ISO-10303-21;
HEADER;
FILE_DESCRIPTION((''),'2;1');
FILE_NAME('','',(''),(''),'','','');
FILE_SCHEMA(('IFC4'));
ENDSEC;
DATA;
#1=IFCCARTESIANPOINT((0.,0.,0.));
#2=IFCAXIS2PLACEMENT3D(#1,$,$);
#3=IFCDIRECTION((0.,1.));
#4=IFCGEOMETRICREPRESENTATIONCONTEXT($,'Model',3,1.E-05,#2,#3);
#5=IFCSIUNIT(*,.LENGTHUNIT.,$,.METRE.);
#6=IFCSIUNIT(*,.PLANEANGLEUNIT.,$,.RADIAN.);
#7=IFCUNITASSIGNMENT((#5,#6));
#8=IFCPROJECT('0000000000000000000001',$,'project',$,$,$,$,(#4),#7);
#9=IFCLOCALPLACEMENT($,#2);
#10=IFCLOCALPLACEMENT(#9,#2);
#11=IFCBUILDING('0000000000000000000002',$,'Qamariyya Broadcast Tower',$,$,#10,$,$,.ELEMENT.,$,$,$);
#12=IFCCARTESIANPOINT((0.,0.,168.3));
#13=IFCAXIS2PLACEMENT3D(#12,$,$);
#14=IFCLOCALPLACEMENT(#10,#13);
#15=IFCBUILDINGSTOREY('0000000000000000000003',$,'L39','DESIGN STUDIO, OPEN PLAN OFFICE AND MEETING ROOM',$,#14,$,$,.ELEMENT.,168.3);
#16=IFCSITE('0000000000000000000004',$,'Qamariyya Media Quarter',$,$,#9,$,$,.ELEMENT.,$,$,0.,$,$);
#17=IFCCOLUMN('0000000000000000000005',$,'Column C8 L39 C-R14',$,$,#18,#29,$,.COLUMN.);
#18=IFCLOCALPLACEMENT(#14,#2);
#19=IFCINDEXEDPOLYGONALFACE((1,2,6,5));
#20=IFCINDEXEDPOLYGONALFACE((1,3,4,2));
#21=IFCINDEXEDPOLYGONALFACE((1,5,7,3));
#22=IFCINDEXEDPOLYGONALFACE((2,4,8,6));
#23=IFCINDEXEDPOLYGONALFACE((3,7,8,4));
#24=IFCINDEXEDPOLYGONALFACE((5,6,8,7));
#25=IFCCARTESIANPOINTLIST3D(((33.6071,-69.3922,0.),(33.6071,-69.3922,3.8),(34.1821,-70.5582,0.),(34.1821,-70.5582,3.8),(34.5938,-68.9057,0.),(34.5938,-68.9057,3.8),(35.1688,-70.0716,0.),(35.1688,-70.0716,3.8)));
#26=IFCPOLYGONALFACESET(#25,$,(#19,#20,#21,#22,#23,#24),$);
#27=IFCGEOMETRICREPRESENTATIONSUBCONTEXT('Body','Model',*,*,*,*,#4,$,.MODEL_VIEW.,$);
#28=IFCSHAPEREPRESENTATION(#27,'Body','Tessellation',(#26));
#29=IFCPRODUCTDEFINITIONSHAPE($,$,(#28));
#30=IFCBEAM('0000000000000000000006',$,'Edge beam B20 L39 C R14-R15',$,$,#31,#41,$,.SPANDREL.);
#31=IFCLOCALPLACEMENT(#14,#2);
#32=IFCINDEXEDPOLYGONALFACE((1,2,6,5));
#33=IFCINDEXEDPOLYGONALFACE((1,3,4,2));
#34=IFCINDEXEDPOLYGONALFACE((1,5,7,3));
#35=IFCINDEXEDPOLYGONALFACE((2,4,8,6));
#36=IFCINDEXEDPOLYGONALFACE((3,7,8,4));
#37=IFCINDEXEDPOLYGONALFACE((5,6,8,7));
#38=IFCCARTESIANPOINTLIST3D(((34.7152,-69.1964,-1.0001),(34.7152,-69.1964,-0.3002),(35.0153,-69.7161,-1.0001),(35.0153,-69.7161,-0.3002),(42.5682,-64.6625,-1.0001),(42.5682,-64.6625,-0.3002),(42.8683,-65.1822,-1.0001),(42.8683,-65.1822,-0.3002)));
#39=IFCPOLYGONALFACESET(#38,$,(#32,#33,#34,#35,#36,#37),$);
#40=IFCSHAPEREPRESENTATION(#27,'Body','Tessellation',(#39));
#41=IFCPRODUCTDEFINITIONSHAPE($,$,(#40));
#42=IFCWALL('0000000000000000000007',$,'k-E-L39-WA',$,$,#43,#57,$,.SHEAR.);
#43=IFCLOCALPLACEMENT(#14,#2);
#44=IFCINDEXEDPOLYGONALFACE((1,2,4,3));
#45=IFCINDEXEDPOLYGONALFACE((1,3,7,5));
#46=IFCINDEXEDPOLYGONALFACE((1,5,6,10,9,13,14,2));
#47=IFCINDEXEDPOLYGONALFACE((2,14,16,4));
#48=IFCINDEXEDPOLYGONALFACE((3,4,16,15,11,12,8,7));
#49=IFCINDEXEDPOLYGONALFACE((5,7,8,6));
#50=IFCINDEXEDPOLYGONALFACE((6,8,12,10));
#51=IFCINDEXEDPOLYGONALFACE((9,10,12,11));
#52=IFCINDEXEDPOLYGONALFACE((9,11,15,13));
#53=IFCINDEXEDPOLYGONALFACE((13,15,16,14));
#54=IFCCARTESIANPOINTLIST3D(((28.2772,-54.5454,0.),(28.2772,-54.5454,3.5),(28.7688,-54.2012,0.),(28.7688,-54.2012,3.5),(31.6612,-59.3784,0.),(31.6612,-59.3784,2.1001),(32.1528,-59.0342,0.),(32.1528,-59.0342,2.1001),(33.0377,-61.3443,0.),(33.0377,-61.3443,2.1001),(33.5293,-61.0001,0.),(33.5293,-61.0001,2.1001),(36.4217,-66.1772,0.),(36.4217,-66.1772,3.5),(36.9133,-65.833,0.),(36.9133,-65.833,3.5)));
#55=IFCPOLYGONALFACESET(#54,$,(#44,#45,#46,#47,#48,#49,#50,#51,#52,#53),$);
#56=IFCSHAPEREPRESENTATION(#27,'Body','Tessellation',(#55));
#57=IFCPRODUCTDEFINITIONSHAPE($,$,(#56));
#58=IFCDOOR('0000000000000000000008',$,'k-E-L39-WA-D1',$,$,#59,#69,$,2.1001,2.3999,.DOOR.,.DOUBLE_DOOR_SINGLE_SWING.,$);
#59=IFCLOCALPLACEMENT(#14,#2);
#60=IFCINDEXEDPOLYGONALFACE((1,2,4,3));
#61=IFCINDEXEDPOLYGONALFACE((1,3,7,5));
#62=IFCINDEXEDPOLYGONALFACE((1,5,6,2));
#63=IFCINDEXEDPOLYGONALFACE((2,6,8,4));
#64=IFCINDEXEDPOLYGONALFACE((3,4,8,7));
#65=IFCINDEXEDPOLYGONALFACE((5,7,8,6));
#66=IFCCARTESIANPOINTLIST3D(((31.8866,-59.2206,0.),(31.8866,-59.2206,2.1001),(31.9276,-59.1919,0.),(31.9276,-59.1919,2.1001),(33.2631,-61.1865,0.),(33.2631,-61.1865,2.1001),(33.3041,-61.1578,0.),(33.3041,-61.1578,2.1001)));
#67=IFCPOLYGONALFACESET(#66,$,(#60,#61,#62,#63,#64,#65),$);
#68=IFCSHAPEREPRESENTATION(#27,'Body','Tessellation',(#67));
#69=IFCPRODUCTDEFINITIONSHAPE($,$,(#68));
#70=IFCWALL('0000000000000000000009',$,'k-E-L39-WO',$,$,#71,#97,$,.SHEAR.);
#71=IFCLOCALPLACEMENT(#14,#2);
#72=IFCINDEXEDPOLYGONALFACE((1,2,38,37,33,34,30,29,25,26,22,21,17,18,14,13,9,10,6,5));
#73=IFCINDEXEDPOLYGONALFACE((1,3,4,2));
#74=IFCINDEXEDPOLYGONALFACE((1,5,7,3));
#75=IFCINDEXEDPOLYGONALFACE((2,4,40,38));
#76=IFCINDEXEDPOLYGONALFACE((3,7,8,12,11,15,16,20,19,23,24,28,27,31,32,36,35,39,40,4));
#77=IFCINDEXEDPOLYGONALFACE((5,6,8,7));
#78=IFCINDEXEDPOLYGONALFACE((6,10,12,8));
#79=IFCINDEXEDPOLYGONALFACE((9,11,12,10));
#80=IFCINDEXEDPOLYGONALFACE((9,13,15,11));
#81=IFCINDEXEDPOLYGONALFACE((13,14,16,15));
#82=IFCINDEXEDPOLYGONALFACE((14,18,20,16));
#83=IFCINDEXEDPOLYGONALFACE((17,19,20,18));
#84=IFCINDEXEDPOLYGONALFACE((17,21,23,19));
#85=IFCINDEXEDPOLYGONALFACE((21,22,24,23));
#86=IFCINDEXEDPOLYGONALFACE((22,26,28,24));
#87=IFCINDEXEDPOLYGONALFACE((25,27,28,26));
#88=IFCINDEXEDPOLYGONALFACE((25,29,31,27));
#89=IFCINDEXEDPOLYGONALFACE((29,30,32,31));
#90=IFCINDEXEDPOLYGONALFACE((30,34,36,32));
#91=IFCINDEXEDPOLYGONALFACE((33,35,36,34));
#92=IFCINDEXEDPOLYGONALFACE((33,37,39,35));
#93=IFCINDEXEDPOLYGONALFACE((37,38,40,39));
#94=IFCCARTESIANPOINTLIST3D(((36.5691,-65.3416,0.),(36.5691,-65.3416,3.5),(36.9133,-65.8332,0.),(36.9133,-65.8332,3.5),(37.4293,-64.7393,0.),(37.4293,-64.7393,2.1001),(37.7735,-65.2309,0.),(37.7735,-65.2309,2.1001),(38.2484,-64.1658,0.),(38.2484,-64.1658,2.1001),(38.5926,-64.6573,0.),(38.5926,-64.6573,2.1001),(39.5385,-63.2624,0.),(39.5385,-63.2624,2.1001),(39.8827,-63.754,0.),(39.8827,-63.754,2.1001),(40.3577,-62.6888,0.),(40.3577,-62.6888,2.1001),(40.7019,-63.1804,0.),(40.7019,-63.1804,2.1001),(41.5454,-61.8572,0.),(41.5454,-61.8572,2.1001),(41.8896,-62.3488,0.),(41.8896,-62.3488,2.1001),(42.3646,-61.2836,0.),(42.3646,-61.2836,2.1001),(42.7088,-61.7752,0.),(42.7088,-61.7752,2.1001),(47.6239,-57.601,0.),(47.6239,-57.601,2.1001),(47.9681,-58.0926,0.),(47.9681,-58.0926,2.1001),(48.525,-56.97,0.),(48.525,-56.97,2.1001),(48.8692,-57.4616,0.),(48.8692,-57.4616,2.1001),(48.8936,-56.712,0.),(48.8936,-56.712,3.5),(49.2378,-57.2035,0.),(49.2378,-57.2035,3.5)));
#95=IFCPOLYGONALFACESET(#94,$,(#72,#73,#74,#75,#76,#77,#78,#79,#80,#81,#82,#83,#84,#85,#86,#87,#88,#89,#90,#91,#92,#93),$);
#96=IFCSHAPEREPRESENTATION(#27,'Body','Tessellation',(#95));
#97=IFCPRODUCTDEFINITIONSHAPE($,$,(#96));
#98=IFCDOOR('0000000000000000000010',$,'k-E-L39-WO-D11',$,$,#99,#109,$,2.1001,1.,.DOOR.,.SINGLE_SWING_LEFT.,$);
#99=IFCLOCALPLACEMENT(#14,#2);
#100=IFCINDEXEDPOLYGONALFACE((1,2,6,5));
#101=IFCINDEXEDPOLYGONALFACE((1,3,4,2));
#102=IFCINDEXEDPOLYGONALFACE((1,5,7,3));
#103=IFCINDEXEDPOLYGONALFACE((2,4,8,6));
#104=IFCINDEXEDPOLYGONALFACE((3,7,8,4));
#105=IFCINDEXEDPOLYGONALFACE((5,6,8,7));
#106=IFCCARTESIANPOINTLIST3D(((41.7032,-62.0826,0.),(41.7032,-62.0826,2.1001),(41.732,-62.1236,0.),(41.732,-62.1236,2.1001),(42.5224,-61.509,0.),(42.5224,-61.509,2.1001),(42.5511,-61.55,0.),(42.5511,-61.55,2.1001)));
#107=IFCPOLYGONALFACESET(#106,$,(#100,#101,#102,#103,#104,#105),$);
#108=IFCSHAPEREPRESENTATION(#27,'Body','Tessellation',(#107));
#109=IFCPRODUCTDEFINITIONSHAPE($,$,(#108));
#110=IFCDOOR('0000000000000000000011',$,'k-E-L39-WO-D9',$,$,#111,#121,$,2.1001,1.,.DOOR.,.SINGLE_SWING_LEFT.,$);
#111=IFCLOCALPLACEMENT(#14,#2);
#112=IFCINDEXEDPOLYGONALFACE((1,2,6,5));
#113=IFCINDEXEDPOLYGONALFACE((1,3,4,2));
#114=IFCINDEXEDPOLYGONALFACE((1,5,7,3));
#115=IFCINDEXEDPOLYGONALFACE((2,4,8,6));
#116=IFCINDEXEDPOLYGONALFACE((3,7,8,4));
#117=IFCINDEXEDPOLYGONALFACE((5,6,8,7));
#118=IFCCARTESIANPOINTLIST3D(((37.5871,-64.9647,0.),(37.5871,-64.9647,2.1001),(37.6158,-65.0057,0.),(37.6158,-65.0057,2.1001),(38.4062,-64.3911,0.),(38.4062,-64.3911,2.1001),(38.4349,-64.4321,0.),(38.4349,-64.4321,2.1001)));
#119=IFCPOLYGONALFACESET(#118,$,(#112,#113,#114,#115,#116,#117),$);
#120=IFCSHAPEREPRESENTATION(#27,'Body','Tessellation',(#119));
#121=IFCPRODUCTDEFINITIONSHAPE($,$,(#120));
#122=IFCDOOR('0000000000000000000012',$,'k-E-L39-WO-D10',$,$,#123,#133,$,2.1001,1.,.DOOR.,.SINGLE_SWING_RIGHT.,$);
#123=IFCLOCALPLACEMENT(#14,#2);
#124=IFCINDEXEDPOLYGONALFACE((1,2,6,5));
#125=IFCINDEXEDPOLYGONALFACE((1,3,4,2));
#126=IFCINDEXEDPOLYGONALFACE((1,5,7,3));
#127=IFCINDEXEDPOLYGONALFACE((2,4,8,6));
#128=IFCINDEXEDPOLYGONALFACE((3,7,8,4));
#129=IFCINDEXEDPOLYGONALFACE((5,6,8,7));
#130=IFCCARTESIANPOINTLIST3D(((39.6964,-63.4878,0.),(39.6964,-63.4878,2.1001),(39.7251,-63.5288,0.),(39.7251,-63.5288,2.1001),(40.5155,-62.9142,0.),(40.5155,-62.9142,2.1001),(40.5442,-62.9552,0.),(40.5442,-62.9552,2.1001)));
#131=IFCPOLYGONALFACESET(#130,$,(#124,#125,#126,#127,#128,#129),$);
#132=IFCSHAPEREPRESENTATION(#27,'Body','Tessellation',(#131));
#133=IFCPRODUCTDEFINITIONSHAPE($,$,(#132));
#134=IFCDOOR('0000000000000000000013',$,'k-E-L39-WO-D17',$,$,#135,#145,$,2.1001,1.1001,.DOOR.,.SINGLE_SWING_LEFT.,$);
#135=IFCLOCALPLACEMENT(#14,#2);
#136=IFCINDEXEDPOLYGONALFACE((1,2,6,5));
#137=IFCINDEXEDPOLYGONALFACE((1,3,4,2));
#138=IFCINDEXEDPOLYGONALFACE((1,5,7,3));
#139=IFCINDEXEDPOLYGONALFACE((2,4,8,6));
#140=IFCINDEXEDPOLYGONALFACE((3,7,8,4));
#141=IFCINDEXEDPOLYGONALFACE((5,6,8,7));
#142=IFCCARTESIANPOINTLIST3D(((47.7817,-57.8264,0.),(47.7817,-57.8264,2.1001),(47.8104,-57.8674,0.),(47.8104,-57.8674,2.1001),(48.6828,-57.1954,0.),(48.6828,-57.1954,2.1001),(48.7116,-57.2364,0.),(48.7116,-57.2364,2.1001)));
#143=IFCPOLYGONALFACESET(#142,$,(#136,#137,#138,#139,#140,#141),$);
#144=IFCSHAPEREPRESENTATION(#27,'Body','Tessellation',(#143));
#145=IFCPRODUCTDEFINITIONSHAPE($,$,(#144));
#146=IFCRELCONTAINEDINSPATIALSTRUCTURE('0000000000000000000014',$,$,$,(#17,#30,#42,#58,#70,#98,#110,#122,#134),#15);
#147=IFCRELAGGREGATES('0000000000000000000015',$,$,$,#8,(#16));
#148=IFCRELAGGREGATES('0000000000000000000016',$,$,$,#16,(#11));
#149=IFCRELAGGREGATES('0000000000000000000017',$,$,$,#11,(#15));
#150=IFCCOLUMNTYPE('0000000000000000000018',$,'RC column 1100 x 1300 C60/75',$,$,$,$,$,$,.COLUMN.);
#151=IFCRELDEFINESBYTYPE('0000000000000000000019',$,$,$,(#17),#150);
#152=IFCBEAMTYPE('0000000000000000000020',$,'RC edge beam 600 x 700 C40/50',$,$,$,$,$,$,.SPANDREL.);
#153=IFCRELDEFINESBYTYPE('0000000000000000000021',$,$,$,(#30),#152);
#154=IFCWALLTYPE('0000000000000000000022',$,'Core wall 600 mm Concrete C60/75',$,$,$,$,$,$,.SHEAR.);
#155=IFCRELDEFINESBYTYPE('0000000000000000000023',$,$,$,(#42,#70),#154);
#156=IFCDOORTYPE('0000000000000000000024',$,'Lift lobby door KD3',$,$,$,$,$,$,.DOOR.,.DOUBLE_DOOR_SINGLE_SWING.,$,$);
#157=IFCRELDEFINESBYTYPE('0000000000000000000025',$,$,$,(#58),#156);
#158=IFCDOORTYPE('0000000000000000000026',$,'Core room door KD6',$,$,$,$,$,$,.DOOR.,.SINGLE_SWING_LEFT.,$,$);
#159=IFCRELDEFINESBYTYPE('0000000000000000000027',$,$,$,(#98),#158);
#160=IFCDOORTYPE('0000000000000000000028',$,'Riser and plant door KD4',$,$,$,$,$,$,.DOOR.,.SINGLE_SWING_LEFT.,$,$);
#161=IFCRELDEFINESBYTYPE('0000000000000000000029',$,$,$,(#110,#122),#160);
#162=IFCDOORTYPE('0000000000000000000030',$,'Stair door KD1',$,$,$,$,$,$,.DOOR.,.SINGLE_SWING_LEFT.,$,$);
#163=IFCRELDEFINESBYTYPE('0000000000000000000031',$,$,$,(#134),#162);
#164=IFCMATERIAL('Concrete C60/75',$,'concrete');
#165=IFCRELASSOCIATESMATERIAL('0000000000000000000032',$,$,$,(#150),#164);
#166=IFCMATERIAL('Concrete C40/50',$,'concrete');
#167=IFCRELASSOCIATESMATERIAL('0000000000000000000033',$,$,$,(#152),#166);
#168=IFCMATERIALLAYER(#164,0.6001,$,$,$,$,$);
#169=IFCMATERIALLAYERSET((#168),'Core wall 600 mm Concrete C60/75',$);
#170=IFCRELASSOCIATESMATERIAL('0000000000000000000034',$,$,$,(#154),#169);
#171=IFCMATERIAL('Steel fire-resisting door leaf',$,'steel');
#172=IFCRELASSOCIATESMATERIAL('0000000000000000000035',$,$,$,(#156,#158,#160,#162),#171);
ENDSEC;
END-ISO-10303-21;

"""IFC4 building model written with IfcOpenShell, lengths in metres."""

from ifc_helpers import new_model, si_unit, direction, frame, frame_2d, origin, origin_2d, place, context, subcontext, project, spatial, rectangle, extrude, material, layer, layer_set, material_profile, profile_set, type_object, element, fill, save


model = new_model("IFC4")

# Units and contexts
model_context = context("Model", 3, precision=1e-05, world=origin(), true_north=direction((0.0, 1.0)))
body_context = subcontext(model_context, "Body", "Model", "MODEL_VIEW")
ifc_project = project(units=[si_unit("LENGTHUNIT", "METRE"), si_unit("PLANEANGLEUNIT", "RADIAN")], contexts=[model_context])

# Site, building, storey
site_placement = place(None, origin())
site = spatial("IfcSite", under=ifc_project, at=site_placement, Name="Qamariyya Media Quarter", CompositionType="ELEMENT", RefElevation=0.0)
building_placement = place(site_placement, origin())
building = spatial("IfcBuilding", under=site, at=building_placement, Name="Qamariyya Broadcast Tower", CompositionType="ELEMENT")
storey_placement = place(building_placement, frame((0.0, 0.0, 168.3)))
storey = spatial("IfcBuildingStorey", under=building, at=storey_placement, Name="L39", Description="DESIGN STUDIO, OPEN PLAN OFFICE AND MEETING ROOM", CompositionType="ELEMENT", Elevation=168.3)

# Column
ifc_material_1 = material(Name="Concrete C60/75", Category="concrete")
ifc_material_profile_1 = material_profile(ifc_material_1, rectangle(XDim=1.1001, YDim=1.3, at=origin_2d()))
ifc_profile_set_1 = profile_set([ifc_material_profile_1], Name="Concrete C60/75")
column_type = type_object("IfcColumnType", Name="RC column 1100 x 1300 C60/75", PredefinedType="COLUMN", material=ifc_profile_set_1)
column_placement = place(storey_placement, frame((34.3879, -69.7319, 0.0), z_axis=(0.0, 0.0, 1.0), x_axis=(0.896873, 0.442289, 0.0)))
element("IfcColumn", 1, at=column_placement, inside=storey, type_object=column_type, Name="Column C8 L39 C-R14", PredefinedType="COLUMN", context=body_context, shape_type="SweptSolid", body=[
    extrude(rectangle(XDim=1.1001, YDim=1.3, at=origin_2d()), origin(), (0.0, 0.0, 1.0), 3.8),
])

# Beam
ifc_material_2 = material(Name="Concrete C40/50", Category="concrete")
ifc_material_profile_2 = material_profile(ifc_material_2, rectangle(XDim=0.6001, YDim=0.7, at=origin_2d()))
ifc_profile_set_2 = profile_set([ifc_material_profile_2], Name="Concrete C40/50")
beam_type = type_object("IfcBeamType", Name="RC edge beam 600 x 700 C40/50", PredefinedType="SPANDREL", material=ifc_profile_set_2)
beam_placement = place(storey_placement, frame((34.8652, -69.4563, -0.6501), z_axis=(0.866026, 0.499999, 0.0), x_axis=(-0.499999, 0.866026, 0.0)))
element("IfcBeam", 2, at=beam_placement, inside=storey, type_object=beam_type, Name="Edge beam B20 L39 C R14-R15", PredefinedType="SPANDREL", context=body_context, shape_type="SweptSolid", body=[
    extrude(rectangle(XDim=0.6001, YDim=0.7, at=origin_2d()), origin(), (0.0, 0.0, 1.0), 9.0679),
])

# Wall, opening, door
ifc_layer_1 = layer(ifc_material_1, 0.6001)
ifc_layer_set_1 = layer_set([ifc_layer_1], Name="Core wall 600 mm Concrete C60/75")
wall_type_1 = type_object("IfcWallType", Name="Core wall 600 mm Concrete C60/75", PredefinedType="SHEAR", material=ifc_layer_set_1)
wall_1_placement = place(storey_placement, frame((36.6675, -66.0051, 0.0), z_axis=(0.0, 0.0, 1.0), x_axis=(-0.573568, 0.819158, 0.0)))
wall_1 = element("IfcWall", 3, at=wall_1_placement, inside=storey, type_object=wall_type_1, Name="k-E-L39-WA", PredefinedType="SHEAR", context=body_context, shape_type="SweptSolid", body=[
    extrude(rectangle(XDim=14.1997, YDim=0.6001, at=frame_2d((7.0999, 0.0))), origin(), (0.0, 0.0, 1.0), 3.5),
])
opening_1_placement = place(wall_1_placement, frame((5.8999, 0.0, 0.0)))
opening_1 = element("IfcOpeningElement", 4, at=opening_1_placement, cuts=wall_1, PredefinedType="OPENING", context=body_context, shape_type="SweptSolid", body=[
    extrude(rectangle(XDim=2.3999, YDim=2.1001, at=frame_2d((1.2, 1.05))), frame((0.0, 0.3101, 0.0), z_axis=(0.0, -1.0, 0.0), x_axis=(1.0, 0.0, 0.0)), (0.0, 0.0, 1.0), 0.6201),
])
ifc_material_3 = material(Name="Steel fire-resisting door leaf", Category="steel")
door_type_1 = type_object("IfcDoorType", Name="Lift lobby door KD3", OperationType="DOUBLE_DOOR_SINGLE_SWING", PredefinedType="DOOR", material=ifc_material_3)
door_1_placement = place(opening_1_placement, origin())
door_1 = element("IfcDoor", 5, at=door_1_placement, inside=storey, type_object=door_type_1, Name="k-E-L39-WA-D1", OperationType="DOUBLE_DOOR_SINGLE_SWING", OverallHeight=2.1001, OverallWidth=2.3999, PredefinedType="DOOR", context=body_context, shape_type="SweptSolid", body=[
    extrude(rectangle(XDim=2.3999, YDim=2.1001, at=frame_2d((1.2, 1.05))), frame((0.0, 0.0249, 0.0), z_axis=(0.0, -1.0, 0.0), x_axis=(1.0, 0.0, 0.0)), (0.0, 0.0, 1.0), 0.05),
])
fill(opening_1, door_1)

# Wall, openings, doors
wall_2_placement = place(storey_placement, frame((36.7412, -65.5874, 0.0), z_axis=(0.0, 0.0, 1.0), x_axis=(0.819153, 0.573575, 0.0)))
wall_2 = element("IfcWall", 6, at=wall_2_placement, inside=storey, type_object=wall_type_1, Name="k-E-L39-WO", PredefinedType="SHEAR", context=body_context, shape_type="SweptSolid", body=[
    extrude(rectangle(XDim=15.0454, YDim=0.6001, at=frame_2d((7.5227, 0.0))), origin(), (0.0, 0.0, 1.0), 3.5),
])
opening_2_placement = place(wall_2_placement, frame((1.05, 0.0, 0.0)))
opening_2 = element("IfcOpeningElement", 7, at=opening_2_placement, cuts=wall_2, PredefinedType="OPENING", context=body_context, shape_type="SweptSolid", body=[
    extrude(rectangle(XDim=1.0, YDim=2.1001, at=frame_2d((0.5, 1.05))), frame((0.0, 0.3101, 0.0), z_axis=(0.0, -1.0, 0.0), x_axis=(1.0, 0.0, 0.0)), (0.0, 0.0, 1.0), 0.6201),
])
opening_3_placement = place(wall_2_placement, frame((3.625, 0.0, 0.0)))
opening_3 = element("IfcOpeningElement", 8, at=opening_3_placement, cuts=wall_2, PredefinedType="OPENING", context=body_context, shape_type="SweptSolid", body=[
    extrude(rectangle(XDim=1.0, YDim=2.1001, at=frame_2d((0.5, 1.05))), frame((0.0, 0.3101, 0.0), z_axis=(0.0, -1.0, 0.0), x_axis=(1.0, 0.0, 0.0)), (0.0, 0.0, 1.0), 0.6201),
])
opening_4_placement = place(wall_2_placement, frame((6.075, 0.0, 0.0)))
opening_4 = element("IfcOpeningElement", 9, at=opening_4_placement, cuts=wall_2, PredefinedType="OPENING", context=body_context, shape_type="SweptSolid", body=[
    extrude(rectangle(XDim=1.0, YDim=2.1001, at=frame_2d((0.5, 1.05))), frame((0.0, 0.3101, 0.0), z_axis=(0.0, -1.0, 0.0), x_axis=(1.0, 0.0, 0.0)), (0.0, 0.0, 1.0), 0.6201),
])
opening_5_placement = place(wall_2_placement, frame((13.4954, 0.0, 0.0)))
opening_5 = element("IfcOpeningElement", 10, at=opening_5_placement, cuts=wall_2, PredefinedType="OPENING", context=body_context, shape_type="SweptSolid", body=[
    extrude(rectangle(XDim=1.1001, YDim=2.1001, at=frame_2d((0.55, 1.05))), frame((0.0, 0.3101, 0.0), z_axis=(0.0, -1.0, 0.0), x_axis=(1.0, 0.0, 0.0)), (0.0, 0.0, 1.0), 0.6201),
])
door_type_2 = type_object("IfcDoorType", Name="Core room door KD6", OperationType="SINGLE_SWING_LEFT", PredefinedType="DOOR", material=ifc_material_3)
door_2_placement = place(opening_4_placement, origin())
door_2 = element("IfcDoor", 11, at=door_2_placement, inside=storey, type_object=door_type_2, Name="k-E-L39-WO-D11", OperationType="SINGLE_SWING_LEFT", OverallHeight=2.1001, OverallWidth=1.0, PredefinedType="DOOR", context=body_context, shape_type="SweptSolid", body=[
    extrude(rectangle(XDim=1.0, YDim=2.1001, at=frame_2d((0.5, 1.05))), frame((0.0, 0.0249, 0.0), z_axis=(0.0, -1.0, 0.0), x_axis=(1.0, 0.0, 0.0)), (0.0, 0.0, 1.0), 0.05),
])
fill(opening_4, door_2)
door_type_3 = type_object("IfcDoorType", Name="Riser and plant door KD4", OperationType="SINGLE_SWING_LEFT", PredefinedType="DOOR", material=ifc_material_3)
door_3_placement = place(opening_2_placement, origin())
door_3 = element("IfcDoor", 12, at=door_3_placement, inside=storey, type_object=door_type_3, Name="k-E-L39-WO-D9", OperationType="SINGLE_SWING_LEFT", OverallHeight=2.1001, OverallWidth=1.0, PredefinedType="DOOR", context=body_context, shape_type="SweptSolid", body=[
    extrude(rectangle(XDim=1.0, YDim=2.1001, at=frame_2d((0.5, 1.05))), frame((0.0, 0.0249, 0.0), z_axis=(0.0, -1.0, 0.0), x_axis=(1.0, 0.0, 0.0)), (0.0, 0.0, 1.0), 0.05),
])
fill(opening_2, door_3)
door_4_placement = place(opening_3_placement, origin())
door_4 = element("IfcDoor", 13, at=door_4_placement, inside=storey, type_object=door_type_3, Name="k-E-L39-WO-D10", OperationType="SINGLE_SWING_RIGHT", OverallHeight=2.1001, OverallWidth=1.0, PredefinedType="DOOR", context=body_context, shape_type="SweptSolid", body=[
    extrude(rectangle(XDim=1.0, YDim=2.1001, at=frame_2d((0.5, 1.05))), frame((0.0, 0.0249, 0.0), z_axis=(0.0, -1.0, 0.0), x_axis=(1.0, 0.0, 0.0)), (0.0, 0.0, 1.0), 0.05),
])
fill(opening_3, door_4)
door_type_4 = type_object("IfcDoorType", Name="Stair door KD1", OperationType="SINGLE_SWING_LEFT", PredefinedType="DOOR", material=ifc_material_3)
door_5_placement = place(opening_5_placement, origin())
door_5 = element("IfcDoor", 14, at=door_5_placement, inside=storey, type_object=door_type_4, Name="k-E-L39-WO-D17", OperationType="SINGLE_SWING_LEFT", OverallHeight=2.1001, OverallWidth=1.1001, PredefinedType="DOOR", context=body_context, shape_type="SweptSolid", body=[
    extrude(rectangle(XDim=1.1001, YDim=2.1001, at=frame_2d((0.55, 1.05))), frame((0.0, 0.0249, 0.0), z_axis=(0.0, -1.0, 0.0), x_axis=(1.0, 0.0, 0.0)), (0.0, 0.0, 1.0), 0.05),
])
fill(opening_5, door_5)

save(model, "model.ifc")
